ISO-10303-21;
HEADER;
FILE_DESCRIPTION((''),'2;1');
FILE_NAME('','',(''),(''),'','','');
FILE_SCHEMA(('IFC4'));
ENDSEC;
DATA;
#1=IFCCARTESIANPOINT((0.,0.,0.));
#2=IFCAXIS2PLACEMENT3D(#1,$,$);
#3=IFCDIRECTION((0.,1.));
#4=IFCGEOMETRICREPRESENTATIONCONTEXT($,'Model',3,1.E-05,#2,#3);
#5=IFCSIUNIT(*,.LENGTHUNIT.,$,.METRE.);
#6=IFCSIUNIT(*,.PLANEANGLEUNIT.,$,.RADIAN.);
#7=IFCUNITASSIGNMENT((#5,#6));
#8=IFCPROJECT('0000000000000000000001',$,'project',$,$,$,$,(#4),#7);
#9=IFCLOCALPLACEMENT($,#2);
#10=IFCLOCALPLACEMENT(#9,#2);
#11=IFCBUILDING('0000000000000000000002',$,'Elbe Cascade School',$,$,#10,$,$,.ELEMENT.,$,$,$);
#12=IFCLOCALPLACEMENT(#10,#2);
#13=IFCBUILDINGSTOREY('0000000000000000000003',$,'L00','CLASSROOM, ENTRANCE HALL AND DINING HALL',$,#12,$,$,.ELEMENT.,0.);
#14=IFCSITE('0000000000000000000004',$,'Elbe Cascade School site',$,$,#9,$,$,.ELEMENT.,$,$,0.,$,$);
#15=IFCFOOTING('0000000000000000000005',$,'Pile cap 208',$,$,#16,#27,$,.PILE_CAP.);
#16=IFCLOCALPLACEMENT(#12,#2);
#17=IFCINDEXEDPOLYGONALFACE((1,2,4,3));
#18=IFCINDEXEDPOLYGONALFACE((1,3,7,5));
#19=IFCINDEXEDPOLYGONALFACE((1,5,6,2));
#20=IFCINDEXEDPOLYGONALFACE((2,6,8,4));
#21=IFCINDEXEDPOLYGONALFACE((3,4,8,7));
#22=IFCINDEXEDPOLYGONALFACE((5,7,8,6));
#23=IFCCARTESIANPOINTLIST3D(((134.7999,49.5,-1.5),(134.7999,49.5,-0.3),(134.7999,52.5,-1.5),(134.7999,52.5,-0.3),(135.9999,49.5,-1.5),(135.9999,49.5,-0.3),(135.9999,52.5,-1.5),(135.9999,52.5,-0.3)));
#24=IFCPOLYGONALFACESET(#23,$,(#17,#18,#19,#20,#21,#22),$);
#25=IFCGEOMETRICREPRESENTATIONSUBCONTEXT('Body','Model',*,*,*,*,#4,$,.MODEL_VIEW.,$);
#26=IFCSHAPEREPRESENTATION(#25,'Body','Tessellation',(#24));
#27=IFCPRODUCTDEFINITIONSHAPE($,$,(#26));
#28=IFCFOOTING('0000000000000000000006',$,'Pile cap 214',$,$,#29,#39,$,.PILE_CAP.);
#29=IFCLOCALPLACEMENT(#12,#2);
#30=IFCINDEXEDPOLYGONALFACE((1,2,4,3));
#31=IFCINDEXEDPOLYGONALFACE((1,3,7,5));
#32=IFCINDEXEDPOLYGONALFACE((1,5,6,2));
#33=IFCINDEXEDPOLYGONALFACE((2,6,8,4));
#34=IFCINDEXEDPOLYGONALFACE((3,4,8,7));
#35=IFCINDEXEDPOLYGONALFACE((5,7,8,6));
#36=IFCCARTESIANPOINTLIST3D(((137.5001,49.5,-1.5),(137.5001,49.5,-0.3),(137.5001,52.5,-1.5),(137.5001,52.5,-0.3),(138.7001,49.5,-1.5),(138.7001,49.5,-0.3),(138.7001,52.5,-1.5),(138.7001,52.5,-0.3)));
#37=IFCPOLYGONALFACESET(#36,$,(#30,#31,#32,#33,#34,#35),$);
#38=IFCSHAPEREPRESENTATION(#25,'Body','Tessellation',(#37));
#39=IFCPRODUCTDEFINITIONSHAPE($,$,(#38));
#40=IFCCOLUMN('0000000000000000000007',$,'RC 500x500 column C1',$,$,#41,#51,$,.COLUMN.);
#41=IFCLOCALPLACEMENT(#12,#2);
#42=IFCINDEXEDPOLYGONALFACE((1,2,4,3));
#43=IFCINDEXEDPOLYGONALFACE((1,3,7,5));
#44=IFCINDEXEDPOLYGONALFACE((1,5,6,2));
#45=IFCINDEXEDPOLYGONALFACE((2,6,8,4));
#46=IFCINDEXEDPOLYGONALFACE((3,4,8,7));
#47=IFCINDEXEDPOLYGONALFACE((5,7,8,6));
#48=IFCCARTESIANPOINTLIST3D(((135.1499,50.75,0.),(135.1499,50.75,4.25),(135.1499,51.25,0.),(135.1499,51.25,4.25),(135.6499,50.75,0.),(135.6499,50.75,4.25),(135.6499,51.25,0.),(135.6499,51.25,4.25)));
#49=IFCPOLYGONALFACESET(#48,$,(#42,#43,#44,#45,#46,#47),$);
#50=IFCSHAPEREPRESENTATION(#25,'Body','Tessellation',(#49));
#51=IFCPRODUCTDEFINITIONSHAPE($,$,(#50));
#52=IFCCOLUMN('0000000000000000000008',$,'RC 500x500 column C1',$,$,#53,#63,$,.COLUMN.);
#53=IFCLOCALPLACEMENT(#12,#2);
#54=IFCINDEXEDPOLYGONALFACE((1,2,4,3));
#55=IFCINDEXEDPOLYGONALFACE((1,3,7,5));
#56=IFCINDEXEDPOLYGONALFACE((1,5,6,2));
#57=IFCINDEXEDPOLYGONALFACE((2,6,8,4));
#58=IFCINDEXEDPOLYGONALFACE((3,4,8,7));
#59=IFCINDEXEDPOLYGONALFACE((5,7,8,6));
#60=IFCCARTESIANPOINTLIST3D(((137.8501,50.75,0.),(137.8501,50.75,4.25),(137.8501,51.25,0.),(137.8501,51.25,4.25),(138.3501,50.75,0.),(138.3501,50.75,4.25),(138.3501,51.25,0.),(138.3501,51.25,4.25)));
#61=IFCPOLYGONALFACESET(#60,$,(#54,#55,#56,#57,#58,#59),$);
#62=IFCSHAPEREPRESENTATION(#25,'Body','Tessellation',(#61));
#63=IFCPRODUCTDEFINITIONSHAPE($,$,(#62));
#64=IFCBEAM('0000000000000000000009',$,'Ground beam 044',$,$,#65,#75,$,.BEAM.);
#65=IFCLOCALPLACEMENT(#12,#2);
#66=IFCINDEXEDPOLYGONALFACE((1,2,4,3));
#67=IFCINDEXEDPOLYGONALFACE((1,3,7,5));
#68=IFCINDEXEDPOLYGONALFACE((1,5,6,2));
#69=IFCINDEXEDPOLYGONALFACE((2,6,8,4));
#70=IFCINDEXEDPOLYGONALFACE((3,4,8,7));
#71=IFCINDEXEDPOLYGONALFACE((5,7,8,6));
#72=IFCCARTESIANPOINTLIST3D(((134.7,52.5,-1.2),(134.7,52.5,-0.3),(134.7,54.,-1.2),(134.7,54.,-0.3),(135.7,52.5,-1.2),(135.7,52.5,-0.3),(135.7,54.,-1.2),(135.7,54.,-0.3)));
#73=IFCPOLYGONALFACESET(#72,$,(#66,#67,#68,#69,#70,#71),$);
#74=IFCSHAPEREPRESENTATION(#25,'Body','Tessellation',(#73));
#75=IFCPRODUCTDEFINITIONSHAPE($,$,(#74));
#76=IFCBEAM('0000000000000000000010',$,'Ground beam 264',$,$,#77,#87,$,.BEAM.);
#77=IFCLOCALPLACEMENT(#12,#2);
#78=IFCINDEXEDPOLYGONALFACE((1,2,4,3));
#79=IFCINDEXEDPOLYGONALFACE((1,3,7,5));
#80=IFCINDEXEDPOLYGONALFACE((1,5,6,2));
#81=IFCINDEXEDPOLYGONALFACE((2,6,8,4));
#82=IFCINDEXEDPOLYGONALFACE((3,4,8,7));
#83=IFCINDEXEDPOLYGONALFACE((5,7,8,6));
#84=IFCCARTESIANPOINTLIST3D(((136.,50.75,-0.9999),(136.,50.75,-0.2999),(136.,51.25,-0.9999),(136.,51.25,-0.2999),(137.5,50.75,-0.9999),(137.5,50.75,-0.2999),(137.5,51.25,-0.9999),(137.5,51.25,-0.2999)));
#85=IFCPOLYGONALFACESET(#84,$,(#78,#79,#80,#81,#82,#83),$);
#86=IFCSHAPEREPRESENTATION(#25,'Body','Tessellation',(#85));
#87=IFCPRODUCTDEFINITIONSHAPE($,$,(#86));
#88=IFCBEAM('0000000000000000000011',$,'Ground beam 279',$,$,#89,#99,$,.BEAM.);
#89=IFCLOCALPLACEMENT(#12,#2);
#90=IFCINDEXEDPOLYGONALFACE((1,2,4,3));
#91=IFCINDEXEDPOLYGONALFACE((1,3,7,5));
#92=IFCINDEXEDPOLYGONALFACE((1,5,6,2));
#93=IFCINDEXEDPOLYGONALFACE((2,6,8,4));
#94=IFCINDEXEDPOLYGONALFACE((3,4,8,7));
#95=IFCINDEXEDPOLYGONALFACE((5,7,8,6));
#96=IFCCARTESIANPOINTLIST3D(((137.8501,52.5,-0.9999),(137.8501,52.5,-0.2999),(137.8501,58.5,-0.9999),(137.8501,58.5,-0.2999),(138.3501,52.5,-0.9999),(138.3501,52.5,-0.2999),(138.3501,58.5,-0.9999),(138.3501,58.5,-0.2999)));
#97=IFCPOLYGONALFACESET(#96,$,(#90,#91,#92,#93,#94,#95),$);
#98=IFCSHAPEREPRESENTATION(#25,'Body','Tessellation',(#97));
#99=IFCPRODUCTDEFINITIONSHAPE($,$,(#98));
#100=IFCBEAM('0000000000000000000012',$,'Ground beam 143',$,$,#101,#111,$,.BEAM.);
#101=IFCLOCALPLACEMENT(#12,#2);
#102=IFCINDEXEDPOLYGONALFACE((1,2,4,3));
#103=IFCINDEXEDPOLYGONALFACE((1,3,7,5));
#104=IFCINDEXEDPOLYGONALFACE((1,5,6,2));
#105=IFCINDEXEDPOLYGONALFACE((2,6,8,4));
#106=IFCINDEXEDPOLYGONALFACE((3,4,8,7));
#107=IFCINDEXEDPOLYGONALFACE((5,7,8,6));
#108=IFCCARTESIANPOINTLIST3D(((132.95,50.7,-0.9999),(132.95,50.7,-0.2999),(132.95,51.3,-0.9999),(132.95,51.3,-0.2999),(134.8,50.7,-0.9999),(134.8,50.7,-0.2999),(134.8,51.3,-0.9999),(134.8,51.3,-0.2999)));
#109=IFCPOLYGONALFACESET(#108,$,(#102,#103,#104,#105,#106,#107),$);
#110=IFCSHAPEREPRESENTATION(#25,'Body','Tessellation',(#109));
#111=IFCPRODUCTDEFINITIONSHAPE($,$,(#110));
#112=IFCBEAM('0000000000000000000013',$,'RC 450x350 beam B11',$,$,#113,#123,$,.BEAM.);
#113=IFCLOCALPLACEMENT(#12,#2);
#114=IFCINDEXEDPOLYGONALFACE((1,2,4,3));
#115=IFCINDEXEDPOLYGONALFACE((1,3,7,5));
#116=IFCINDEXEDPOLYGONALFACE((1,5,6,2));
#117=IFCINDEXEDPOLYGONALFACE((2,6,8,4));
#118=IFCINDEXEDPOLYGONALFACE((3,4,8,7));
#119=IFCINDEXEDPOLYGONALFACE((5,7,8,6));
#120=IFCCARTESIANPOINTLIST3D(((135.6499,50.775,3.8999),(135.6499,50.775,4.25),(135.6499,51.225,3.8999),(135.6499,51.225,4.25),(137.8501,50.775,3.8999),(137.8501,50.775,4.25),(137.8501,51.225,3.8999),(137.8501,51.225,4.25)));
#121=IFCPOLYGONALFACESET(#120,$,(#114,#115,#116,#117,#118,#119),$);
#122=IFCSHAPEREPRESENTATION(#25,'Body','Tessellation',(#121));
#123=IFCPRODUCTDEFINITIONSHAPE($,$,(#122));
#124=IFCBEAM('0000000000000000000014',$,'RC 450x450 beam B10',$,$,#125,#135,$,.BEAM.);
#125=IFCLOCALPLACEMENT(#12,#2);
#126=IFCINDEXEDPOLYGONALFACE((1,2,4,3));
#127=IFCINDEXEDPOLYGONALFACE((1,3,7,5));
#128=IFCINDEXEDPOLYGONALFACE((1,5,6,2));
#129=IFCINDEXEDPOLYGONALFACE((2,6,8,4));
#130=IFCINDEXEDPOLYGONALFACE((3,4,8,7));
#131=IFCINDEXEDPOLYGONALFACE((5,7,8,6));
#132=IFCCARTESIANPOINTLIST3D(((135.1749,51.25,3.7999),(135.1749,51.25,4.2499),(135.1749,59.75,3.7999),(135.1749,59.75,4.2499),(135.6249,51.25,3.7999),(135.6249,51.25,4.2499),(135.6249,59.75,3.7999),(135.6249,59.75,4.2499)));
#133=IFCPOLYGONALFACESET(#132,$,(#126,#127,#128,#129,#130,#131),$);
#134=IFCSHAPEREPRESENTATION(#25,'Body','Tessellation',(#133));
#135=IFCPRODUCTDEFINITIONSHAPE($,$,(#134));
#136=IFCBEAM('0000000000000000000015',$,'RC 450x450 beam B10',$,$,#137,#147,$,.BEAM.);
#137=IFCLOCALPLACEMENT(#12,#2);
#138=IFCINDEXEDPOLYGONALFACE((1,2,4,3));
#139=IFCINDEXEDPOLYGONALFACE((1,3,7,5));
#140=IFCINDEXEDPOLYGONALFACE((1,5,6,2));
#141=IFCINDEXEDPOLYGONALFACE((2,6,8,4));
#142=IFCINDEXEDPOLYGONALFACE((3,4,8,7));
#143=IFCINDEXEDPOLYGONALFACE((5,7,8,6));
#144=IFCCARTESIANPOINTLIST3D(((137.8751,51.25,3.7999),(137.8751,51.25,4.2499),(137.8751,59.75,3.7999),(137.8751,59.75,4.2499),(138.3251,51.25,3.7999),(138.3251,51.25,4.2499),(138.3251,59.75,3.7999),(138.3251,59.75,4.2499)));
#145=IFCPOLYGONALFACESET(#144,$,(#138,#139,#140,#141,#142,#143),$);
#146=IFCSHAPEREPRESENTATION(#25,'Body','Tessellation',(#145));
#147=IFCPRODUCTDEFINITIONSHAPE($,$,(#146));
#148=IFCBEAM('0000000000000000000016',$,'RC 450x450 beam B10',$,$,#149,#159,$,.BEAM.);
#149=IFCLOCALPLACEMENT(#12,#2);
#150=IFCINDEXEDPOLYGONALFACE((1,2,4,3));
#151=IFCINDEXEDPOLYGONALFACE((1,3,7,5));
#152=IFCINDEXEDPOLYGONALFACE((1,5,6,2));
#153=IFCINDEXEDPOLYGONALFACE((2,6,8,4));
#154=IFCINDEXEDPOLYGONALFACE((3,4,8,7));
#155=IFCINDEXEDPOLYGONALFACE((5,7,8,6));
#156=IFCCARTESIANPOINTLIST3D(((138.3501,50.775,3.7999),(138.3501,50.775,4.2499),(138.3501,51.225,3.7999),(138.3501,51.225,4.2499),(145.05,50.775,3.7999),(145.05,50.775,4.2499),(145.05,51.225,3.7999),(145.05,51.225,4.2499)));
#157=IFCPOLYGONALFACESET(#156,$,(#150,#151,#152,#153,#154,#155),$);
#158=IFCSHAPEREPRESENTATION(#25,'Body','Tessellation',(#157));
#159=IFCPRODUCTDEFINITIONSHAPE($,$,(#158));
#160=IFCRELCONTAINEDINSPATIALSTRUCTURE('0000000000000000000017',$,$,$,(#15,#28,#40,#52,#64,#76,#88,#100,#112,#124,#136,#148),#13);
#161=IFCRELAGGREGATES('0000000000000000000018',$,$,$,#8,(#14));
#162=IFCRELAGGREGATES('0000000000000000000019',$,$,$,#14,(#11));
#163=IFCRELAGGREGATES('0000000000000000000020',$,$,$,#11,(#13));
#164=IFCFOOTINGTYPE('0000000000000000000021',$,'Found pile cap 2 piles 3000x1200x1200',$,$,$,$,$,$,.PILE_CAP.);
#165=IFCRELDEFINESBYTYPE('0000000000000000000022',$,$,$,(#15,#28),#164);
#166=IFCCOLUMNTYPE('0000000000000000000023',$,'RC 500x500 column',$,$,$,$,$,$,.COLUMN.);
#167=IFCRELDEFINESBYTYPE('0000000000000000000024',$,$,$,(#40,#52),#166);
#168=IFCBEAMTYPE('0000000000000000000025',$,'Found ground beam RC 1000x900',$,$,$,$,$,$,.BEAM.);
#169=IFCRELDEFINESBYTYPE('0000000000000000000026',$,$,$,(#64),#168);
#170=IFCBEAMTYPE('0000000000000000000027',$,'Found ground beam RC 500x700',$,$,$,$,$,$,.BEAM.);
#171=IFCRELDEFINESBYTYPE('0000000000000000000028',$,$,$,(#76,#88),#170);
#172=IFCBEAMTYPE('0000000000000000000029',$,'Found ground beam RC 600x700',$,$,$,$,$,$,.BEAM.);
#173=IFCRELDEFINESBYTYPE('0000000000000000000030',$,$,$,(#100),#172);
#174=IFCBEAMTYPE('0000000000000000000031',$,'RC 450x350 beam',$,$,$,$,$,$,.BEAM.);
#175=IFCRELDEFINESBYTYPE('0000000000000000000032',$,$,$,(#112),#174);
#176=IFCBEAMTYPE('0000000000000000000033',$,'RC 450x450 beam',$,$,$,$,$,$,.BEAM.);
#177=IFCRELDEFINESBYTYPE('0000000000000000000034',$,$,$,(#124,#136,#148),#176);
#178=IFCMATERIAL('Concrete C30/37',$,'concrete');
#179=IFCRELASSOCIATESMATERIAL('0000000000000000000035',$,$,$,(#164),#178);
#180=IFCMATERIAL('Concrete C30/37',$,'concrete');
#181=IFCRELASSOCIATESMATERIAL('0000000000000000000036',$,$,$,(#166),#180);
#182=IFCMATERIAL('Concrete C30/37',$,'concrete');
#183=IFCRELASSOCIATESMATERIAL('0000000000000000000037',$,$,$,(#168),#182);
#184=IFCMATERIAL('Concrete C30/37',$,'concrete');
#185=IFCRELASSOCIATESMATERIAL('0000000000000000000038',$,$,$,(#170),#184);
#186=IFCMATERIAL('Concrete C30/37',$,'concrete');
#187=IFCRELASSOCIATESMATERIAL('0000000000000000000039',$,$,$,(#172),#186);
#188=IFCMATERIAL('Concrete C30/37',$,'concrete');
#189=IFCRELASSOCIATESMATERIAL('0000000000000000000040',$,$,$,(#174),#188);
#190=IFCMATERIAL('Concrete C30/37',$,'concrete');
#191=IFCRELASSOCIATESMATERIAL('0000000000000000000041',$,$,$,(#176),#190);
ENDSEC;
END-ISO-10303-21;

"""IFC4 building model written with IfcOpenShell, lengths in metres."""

from ifc_helpers import new_model, si_unit, direction, frame, origin, origin_2d, place, context, subcontext, project, spatial, rectangle, extrude, material, material_profile, profile_set, type_object, element, save


model = new_model("IFC4")

# Units and contexts
model_context = context("Model", 3, precision=1e-05, world=origin(), true_north=direction((0.0, 1.0)))
body_context = subcontext(model_context, "Body", "Model", "MODEL_VIEW")
ifc_project = project(units=[si_unit("LENGTHUNIT", "METRE"), si_unit("PLANEANGLEUNIT", "RADIAN")], contexts=[model_context])

# Site, building, storey
site_placement = place(None, origin())
site = spatial("IfcSite", under=ifc_project, at=site_placement, Name="Elbe Cascade School site", CompositionType="ELEMENT", RefElevation=0.0)
building_placement = place(site_placement, origin())
building = spatial("IfcBuilding", under=site, at=building_placement, Name="Elbe Cascade School", CompositionType="ELEMENT")
storey_placement = place(building_placement, origin())
storey = spatial("IfcBuildingStorey", under=building, at=storey_placement, Name="L00", Description="CLASSROOM, ENTRANCE HALL AND DINING HALL", CompositionType="ELEMENT", Elevation=0.0)

# Footings
ifc_material_1 = material(Name="Concrete C30/37", Category="concrete")
footing_type = type_object("IfcFootingType", Name="Found pile cap 2 piles 3000x1200x1200", PredefinedType="PILE_CAP", material=ifc_material_1)
for number, where, z_axis, x_axis, name in (
    (1, (135.3999, 51.0, -1.5), (0.0, 0.0, 1.0), (1.0, 0.0, 0.0), "Pile cap 208"),
    (2, (138.1001, 51.0, -1.5), (0.0, 0.0, 1.0), (1.0, 0.0, 0.0), "Pile cap 214"),
):
    element("IfcFooting", number, at=place(storey_placement, frame(where, z_axis=z_axis, x_axis=x_axis)), inside=storey, type_object=footing_type, Name=name, PredefinedType="PILE_CAP", context=body_context, shape_type="SweptSolid", body=[
        extrude(rectangle(XDim=1.2, YDim=3.0, at=origin_2d()), origin(), (0.0, 0.0, 1.0), 1.2),
    ])

# Columns
ifc_material_2 = material(Name="Concrete C30/37", Category="concrete")
ifc_material_profile_1 = material_profile(ifc_material_2, rectangle(XDim=0.5, YDim=0.5, at=origin_2d()), Name="RC 500x500")
ifc_profile_set_1 = profile_set([ifc_material_profile_1], Name="Concrete C30/37")
column_type = type_object("IfcColumnType", Name="RC 500x500 column", PredefinedType="COLUMN", material=ifc_profile_set_1)
for number, where, z_axis, x_axis, name in (
    (3, (135.3999, 51.0, 0.0), (0.0, 0.0, 1.0), (1.0, 0.0, 0.0), "RC 500x500 column C1"),
    (4, (138.1001, 51.0, 0.0), (0.0, 0.0, 1.0), (1.0, 0.0, 0.0), "RC 500x500 column C1"),
):
    element("IfcColumn", number, at=place(storey_placement, frame(where, z_axis=z_axis, x_axis=x_axis)), inside=storey, type_object=column_type, Name=name, PredefinedType="COLUMN", context=body_context, shape_type="SweptSolid", body=[
        extrude(rectangle(XDim=0.5, YDim=0.5, at=origin_2d()), origin(), (0.0, 0.0, 1.0), 4.25),
    ])

# Beams
ifc_material_3 = material(Name="Concrete C30/37", Category="concrete")
ifc_material_profile_2 = material_profile(ifc_material_3, rectangle(XDim=1.0, YDim=0.8999, at=origin_2d()), Name="RC 1000x900")
ifc_profile_set_2 = profile_set([ifc_material_profile_2], Name="Concrete C30/37")
beam_type_1 = type_object("IfcBeamType", Name="Found ground beam RC 1000x900", PredefinedType="BEAM", material=ifc_profile_set_2)
beam_1_placement = place(storey_placement, frame((135.2, 52.5, -0.75), z_axis=(0.0, 1.0, 0.0), x_axis=(-1.0, 0.0, 0.0)))
element("IfcBeam", 5, at=beam_1_placement, inside=storey, type_object=beam_type_1, Name="Ground beam 044", PredefinedType="BEAM", context=body_context, shape_type="SweptSolid", body=[
    extrude(rectangle(XDim=1.0, YDim=0.8999, at=origin_2d()), origin(), (0.0, 0.0, 1.0), 1.5),
])
ifc_material_4 = material(Name="Concrete C30/37", Category="concrete")
ifc_material_profile_3 = material_profile(ifc_material_4, rectangle(XDim=0.5, YDim=0.7, at=origin_2d()), Name="RC 500x700")
ifc_profile_set_3 = profile_set([ifc_material_profile_3], Name="Concrete C30/37")
beam_type_2 = type_object("IfcBeamType", Name="Found ground beam RC 500x700", PredefinedType="BEAM", material=ifc_profile_set_3)
beam_2_placement = place(storey_placement, frame((136.0, 51.0, -0.6499), z_axis=(1.0, 0.0, 0.0), x_axis=(0.0, 1.0, 0.0)))
element("IfcBeam", 6, at=beam_2_placement, inside=storey, type_object=beam_type_2, Name="Ground beam 264", PredefinedType="BEAM", context=body_context, shape_type="SweptSolid", body=[
    extrude(rectangle(XDim=0.5, YDim=0.7, at=origin_2d()), origin(), (0.0, 0.0, 1.0), 1.5),
])
beam_3_placement = place(storey_placement, frame((138.1001, 52.5, -0.6499), z_axis=(0.0, 1.0, 0.0), x_axis=(-1.0, 0.0, 0.0)))
element("IfcBeam", 7, at=beam_3_placement, inside=storey, type_object=beam_type_2, Name="Ground beam 279", PredefinedType="BEAM", context=body_context, shape_type="SweptSolid", body=[
    extrude(rectangle(XDim=0.5, YDim=0.7, at=origin_2d()), origin(), (0.0, 0.0, 1.0), 6.0),
])
ifc_material_5 = material(Name="Concrete C30/37", Category="concrete")
ifc_material_profile_4 = material_profile(ifc_material_5, rectangle(XDim=0.6001, YDim=0.7, at=origin_2d()), Name="RC 600x700")
ifc_profile_set_4 = profile_set([ifc_material_profile_4], Name="Concrete C30/37")
beam_type_3 = type_object("IfcBeamType", Name="Found ground beam RC 600x700", PredefinedType="BEAM", material=ifc_profile_set_4)
beam_4_placement = place(storey_placement, frame((132.95, 51.0, -0.6499), z_axis=(1.0, 0.0, 0.0), x_axis=(0.0, 1.0, 0.0)))
element("IfcBeam", 8, at=beam_4_placement, inside=storey, type_object=beam_type_3, Name="Ground beam 143", PredefinedType="BEAM", context=body_context, shape_type="SweptSolid", body=[
    extrude(rectangle(XDim=0.6001, YDim=0.7, at=origin_2d()), origin(), (0.0, 0.0, 1.0), 1.8501),
])
ifc_material_6 = material(Name="Concrete C30/37", Category="concrete")
ifc_material_profile_5 = material_profile(ifc_material_6, rectangle(XDim=0.45, YDim=0.3501, at=origin_2d()), Name="RC 450x350")
ifc_profile_set_5 = profile_set([ifc_material_profile_5], Name="Concrete C30/37")
beam_type_4 = type_object("IfcBeamType", Name="RC 450x350 beam", PredefinedType="BEAM", material=ifc_profile_set_5)
beam_5_placement = place(storey_placement, frame((135.6499, 51.0, 4.075), z_axis=(1.0, 0.0, 0.0), x_axis=(0.0, 1.0, 0.0)))
element("IfcBeam", 9, at=beam_5_placement, inside=storey, type_object=beam_type_4, Name="RC 450x350 beam B11", PredefinedType="BEAM", context=body_context, shape_type="SweptSolid", body=[
    extrude(rectangle(XDim=0.45, YDim=0.3501, at=origin_2d()), origin(), (0.0, 0.0, 1.0), 2.2002),
])
ifc_material_7 = material(Name="Concrete C30/37", Category="concrete")
ifc_material_profile_6 = material_profile(ifc_material_7, rectangle(XDim=0.45, YDim=0.45, at=origin_2d()), Name="RC 450x450")
ifc_profile_set_6 = profile_set([ifc_material_profile_6], Name="Concrete C30/37")
beam_type_5 = type_object("IfcBeamType", Name="RC 450x450 beam", PredefinedType="BEAM", material=ifc_profile_set_6)
for number, where, z_axis, x_axis, name in (
    (10, (135.3999, 51.25, 4.0249), (0.0, 1.0, 0.0), (-1.0, 0.0, 0.0), "RC 450x450 beam B10"),
    (11, (138.1001, 51.25, 4.0249), (0.0, 1.0, 0.0), (-1.0, 0.0, 0.0), "RC 450x450 beam B10"),
):
    element("IfcBeam", number, at=place(storey_placement, frame(where, z_axis=z_axis, x_axis=x_axis)), inside=storey, type_object=beam_type_5, Name=name, PredefinedType="BEAM", context=body_context, shape_type="SweptSolid", body=[
        extrude(rectangle(XDim=0.45, YDim=0.45, at=origin_2d()), origin(), (0.0, 0.0, 1.0), 8.5),
    ])
beam_6_placement = place(storey_placement, frame((138.3501, 51.0, 4.0249), z_axis=(1.0, 0.0, 0.0), x_axis=(0.0, 1.0, 0.0)))
element("IfcBeam", 12, at=beam_6_placement, inside=storey, type_object=beam_type_5, Name="RC 450x450 beam B10", PredefinedType="BEAM", context=body_context, shape_type="SweptSolid", body=[
    extrude(rectangle(XDim=0.45, YDim=0.45, at=origin_2d()), origin(), (0.0, 0.0, 1.0), 6.7),
])

save(model, "model.ifc")
